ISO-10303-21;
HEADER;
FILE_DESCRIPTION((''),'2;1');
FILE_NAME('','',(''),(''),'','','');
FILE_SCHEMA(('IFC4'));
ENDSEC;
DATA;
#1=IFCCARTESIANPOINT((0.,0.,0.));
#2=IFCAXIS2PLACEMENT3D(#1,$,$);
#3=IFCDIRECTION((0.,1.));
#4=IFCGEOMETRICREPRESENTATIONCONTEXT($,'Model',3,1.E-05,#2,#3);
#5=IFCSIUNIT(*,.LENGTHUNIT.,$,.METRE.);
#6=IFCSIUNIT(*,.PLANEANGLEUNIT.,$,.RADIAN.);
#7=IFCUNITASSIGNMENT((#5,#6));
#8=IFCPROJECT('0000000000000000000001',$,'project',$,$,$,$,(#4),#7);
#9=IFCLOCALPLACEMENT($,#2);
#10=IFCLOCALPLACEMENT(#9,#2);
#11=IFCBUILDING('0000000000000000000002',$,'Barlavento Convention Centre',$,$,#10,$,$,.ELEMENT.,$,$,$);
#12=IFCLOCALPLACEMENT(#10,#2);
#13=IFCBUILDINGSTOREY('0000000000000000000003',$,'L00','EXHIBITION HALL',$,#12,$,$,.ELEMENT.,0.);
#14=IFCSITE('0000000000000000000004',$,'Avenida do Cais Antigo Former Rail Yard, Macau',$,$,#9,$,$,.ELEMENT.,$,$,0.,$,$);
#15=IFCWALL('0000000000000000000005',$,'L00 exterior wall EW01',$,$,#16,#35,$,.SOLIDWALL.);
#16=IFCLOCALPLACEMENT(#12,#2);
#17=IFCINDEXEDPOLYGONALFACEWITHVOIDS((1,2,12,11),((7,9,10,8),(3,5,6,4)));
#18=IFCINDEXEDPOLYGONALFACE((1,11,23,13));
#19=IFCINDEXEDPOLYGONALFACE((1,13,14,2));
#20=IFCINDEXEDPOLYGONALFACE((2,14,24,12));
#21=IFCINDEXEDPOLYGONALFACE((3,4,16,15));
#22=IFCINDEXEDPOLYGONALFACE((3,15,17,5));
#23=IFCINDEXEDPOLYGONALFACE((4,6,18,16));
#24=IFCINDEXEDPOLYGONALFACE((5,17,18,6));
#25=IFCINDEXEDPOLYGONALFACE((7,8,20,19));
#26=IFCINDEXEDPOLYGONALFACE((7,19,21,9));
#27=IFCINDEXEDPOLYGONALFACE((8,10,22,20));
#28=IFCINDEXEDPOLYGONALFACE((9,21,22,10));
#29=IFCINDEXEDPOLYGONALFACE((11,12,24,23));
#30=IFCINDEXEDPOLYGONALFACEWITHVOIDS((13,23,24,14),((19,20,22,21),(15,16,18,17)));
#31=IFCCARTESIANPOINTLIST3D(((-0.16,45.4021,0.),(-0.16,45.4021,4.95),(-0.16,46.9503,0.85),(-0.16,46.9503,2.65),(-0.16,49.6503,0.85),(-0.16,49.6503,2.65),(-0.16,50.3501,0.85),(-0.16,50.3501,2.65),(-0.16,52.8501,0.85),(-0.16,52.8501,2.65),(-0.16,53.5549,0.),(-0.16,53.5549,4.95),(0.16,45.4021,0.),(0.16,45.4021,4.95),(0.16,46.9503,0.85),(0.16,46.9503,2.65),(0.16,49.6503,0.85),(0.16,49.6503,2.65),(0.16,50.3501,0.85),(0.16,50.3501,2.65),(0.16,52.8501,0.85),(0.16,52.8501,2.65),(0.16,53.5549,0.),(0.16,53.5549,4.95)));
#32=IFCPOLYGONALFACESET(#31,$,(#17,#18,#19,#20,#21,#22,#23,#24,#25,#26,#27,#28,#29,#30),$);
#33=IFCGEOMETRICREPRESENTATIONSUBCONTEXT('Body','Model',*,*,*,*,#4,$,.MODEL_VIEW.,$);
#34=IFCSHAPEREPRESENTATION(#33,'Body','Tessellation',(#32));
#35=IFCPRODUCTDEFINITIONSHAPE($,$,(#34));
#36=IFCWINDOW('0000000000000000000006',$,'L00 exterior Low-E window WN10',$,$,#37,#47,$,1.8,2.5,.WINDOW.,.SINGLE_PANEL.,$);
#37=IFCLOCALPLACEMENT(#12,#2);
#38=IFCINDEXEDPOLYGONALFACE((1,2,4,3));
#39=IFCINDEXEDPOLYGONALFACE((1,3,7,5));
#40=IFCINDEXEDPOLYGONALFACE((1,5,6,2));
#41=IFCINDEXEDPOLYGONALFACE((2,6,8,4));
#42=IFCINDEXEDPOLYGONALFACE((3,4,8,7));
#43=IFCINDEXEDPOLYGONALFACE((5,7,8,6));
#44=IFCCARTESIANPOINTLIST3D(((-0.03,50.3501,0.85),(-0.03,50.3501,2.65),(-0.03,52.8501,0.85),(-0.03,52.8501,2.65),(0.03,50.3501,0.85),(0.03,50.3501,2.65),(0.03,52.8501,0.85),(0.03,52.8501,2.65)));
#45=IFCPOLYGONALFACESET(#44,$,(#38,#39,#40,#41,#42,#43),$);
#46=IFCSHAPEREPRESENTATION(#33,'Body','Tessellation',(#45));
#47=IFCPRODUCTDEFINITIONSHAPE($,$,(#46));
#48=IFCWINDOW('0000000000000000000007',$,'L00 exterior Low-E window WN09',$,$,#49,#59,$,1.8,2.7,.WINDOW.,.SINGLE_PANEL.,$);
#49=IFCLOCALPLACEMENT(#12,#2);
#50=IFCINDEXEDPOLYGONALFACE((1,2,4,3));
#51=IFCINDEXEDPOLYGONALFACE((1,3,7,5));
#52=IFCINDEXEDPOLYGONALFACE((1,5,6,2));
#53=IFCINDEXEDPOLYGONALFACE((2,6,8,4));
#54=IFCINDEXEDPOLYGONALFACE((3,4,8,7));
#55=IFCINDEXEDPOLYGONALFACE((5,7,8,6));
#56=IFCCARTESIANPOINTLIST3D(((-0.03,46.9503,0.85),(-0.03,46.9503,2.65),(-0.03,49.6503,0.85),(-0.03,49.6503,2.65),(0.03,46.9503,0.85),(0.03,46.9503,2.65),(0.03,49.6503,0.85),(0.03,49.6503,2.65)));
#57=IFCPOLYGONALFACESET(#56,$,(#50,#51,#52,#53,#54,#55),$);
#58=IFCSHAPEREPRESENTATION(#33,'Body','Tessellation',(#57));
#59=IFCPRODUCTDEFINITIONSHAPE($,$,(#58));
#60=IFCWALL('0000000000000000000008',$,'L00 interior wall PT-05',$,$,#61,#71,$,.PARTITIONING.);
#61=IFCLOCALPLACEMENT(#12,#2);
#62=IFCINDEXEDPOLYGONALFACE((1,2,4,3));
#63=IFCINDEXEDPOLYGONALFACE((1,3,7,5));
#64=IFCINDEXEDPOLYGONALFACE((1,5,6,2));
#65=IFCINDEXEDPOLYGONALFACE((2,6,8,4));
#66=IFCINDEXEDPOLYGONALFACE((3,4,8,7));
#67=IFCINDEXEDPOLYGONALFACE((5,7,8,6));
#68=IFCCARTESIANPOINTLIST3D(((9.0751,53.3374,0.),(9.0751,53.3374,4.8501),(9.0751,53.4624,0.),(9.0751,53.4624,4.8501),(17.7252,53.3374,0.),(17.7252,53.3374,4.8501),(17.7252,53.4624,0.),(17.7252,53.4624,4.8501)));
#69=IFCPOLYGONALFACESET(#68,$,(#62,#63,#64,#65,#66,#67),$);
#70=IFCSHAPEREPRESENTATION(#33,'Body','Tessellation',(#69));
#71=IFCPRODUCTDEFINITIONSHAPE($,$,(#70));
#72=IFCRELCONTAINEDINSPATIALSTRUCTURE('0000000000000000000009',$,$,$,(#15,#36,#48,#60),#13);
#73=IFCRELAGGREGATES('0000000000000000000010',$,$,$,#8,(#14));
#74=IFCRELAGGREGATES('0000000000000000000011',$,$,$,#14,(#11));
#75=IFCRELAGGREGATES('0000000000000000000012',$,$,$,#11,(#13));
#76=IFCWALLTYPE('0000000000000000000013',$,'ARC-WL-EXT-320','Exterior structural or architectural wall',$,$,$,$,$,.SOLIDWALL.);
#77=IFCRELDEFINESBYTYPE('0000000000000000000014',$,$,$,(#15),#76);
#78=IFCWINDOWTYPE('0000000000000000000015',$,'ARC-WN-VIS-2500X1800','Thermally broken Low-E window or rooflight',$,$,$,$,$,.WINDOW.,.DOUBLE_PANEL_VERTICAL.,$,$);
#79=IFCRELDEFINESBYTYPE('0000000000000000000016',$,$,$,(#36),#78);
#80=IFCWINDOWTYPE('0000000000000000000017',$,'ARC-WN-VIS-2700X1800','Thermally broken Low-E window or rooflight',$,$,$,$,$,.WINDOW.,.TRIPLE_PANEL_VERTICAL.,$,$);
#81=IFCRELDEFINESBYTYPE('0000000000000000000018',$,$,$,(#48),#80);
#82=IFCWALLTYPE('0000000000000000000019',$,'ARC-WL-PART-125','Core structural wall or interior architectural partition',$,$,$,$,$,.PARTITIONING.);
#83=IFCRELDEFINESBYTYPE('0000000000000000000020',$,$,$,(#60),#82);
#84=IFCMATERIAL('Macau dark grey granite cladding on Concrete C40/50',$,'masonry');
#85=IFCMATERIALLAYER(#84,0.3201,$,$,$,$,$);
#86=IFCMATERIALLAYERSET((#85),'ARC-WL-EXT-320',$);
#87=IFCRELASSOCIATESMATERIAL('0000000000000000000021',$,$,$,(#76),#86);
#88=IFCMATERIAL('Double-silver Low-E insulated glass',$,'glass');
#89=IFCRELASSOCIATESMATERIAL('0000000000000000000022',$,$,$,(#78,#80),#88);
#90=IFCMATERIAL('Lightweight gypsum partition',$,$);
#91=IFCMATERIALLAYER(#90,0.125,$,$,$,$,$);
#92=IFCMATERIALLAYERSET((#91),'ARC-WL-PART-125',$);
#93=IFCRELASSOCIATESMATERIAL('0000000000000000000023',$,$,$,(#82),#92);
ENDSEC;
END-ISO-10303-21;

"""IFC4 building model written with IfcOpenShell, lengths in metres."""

from ifc_helpers import new_model, si_unit, direction, frame, frame_2d, origin, place, context, subcontext, project, spatial, rectangle, extrude, material, layer, layer_set, type_object, element, fill, save


model = new_model("IFC4")

# Units and contexts
model_context = context("Model", 3, precision=1e-05, world=origin(), true_north=direction((0.0, 1.0)))
body_context = subcontext(model_context, "Body", "Model", "MODEL_VIEW")
ifc_project = project(units=[si_unit("LENGTHUNIT", "METRE"), si_unit("PLANEANGLEUNIT", "RADIAN")], contexts=[model_context])

# Site, building, storey
site_placement = place(None, origin())
site = spatial("IfcSite", under=ifc_project, at=site_placement, Name="Avenida do Cais Antigo Former Rail Yard, Macau", CompositionType="ELEMENT", RefElevation=0.0)
building_placement = place(site_placement, origin())
building = spatial("IfcBuilding", under=site, at=building_placement, Name="Barlavento Convention Centre", CompositionType="ELEMENT")
storey_placement = place(building_placement, origin())
storey = spatial("IfcBuildingStorey", under=building, at=storey_placement, Name="L00", Description="EXHIBITION HALL", CompositionType="ELEMENT", Elevation=0.0)

# Wall, openings, windows
ifc_material_1 = material(Name="Macau dark grey granite cladding on Concrete C40/50", Category="masonry")
ifc_layer_1 = layer(ifc_material_1, 0.3201)
ifc_layer_set_1 = layer_set([ifc_layer_1], Name="ARC-WL-EXT-320")
wall_type_1 = type_object("IfcWallType", Name="ARC-WL-EXT-320", Description="Exterior structural or architectural wall", PredefinedType="SOLIDWALL", material=ifc_layer_set_1)
wall_1_placement = place(storey_placement, frame((0.0, 45.4021, 0.0), z_axis=(0.0, 0.0, 1.0), x_axis=(0.0, 1.0, 0.0)))
wall_1 = element("IfcWall", 1, at=wall_1_placement, inside=storey, type_object=wall_type_1, Name="L00 exterior wall EW01", PredefinedType="SOLIDWALL", context=body_context, shape_type="SweptSolid", body=[
    extrude(rectangle(XDim=8.1528, YDim=0.3201, at=frame_2d((4.0764, 0.0))), origin(), (0.0, 0.0, 1.0), 4.95),
])
opening_1_placement = place(wall_1_placement, frame((1.5481, 0.0, 0.8501)))
opening_1 = element("IfcOpeningElement", 2, at=opening_1_placement, cuts=wall_1, PredefinedType="OPENING", context=body_context, shape_type="SweptSolid", body=[
    extrude(rectangle(XDim=2.7, YDim=1.8, at=frame_2d((1.3501, 0.8999))), frame((0.0, 0.1699, 0.0), z_axis=(0.0, -1.0, 0.0), x_axis=(1.0, 0.0, 0.0)), (0.0, 0.0, 1.0), 0.3401),
])
opening_2_placement = place(wall_1_placement, frame((4.948, 0.0, 0.8501)))
opening_2 = element("IfcOpeningElement", 3, at=opening_2_placement, cuts=wall_1, PredefinedType="OPENING", context=body_context, shape_type="SweptSolid", body=[
    extrude(rectangle(XDim=2.5, YDim=1.8, at=frame_2d((1.25, 0.8999))), frame((0.0, 0.1699, 0.0), z_axis=(0.0, -1.0, 0.0), x_axis=(1.0, 0.0, 0.0)), (0.0, 0.0, 1.0), 0.3401),
])
ifc_material_2 = material(Name="Double-silver Low-E insulated glass", Category="glass")
window_type_1 = type_object("IfcWindowType", Name="ARC-WN-VIS-2500X1800", Description="Thermally broken Low-E window or rooflight", PartitioningType="DOUBLE_PANEL_VERTICAL", PredefinedType="WINDOW", material=ifc_material_2)
window_1_placement = place(opening_2_placement, origin())
window_1 = element("IfcWindow", 4, at=window_1_placement, inside=storey, type_object=window_type_1, Name="L00 exterior Low-E window WN10", OverallHeight=1.8, OverallWidth=2.5, PartitioningType="SINGLE_PANEL", PredefinedType="WINDOW", context=body_context, shape_type="SweptSolid", body=[
    extrude(rectangle(XDim=2.5, YDim=1.8, at=frame_2d((1.25, 0.8999))), frame((0.0, 0.03, 0.0), z_axis=(0.0, -1.0, 0.0), x_axis=(1.0, 0.0, 0.0)), (0.0, 0.0, 1.0), 0.0601),
])
fill(opening_2, window_1)
window_type_2 = type_object("IfcWindowType", Name="ARC-WN-VIS-2700X1800", Description="Thermally broken Low-E window or rooflight", PartitioningType="TRIPLE_PANEL_VERTICAL", PredefinedType="WINDOW", material=ifc_material_2)
window_2_placement = place(opening_1_placement, origin())
window_2 = element("IfcWindow", 5, at=window_2_placement, inside=storey, type_object=window_type_2, Name="L00 exterior Low-E window WN09", OverallHeight=1.8, OverallWidth=2.7, PartitioningType="SINGLE_PANEL", PredefinedType="WINDOW", context=body_context, shape_type="SweptSolid", body=[
    extrude(rectangle(XDim=2.7, YDim=1.8, at=frame_2d((1.3501, 0.8999))), frame((0.0, 0.03, 0.0), z_axis=(0.0, -1.0, 0.0), x_axis=(1.0, 0.0, 0.0)), (0.0, 0.0, 1.0), 0.0601),
])
fill(opening_1, window_2)

# Wall
ifc_material_3 = material(Name="Lightweight gypsum partition")
ifc_layer_2 = layer(ifc_material_3, 0.125)
ifc_layer_set_2 = layer_set([ifc_layer_2], Name="ARC-WL-PART-125")
wall_type_2 = type_object("IfcWallType", Name="ARC-WL-PART-125", Description="Core structural wall or interior architectural partition", PredefinedType="PARTITIONING", material=ifc_layer_set_2)
wall_2_placement = place(storey_placement, frame((9.075, 53.3999, 0.0), z_axis=(0.0, 0.0, 1.0), x_axis=(1.0, 0.0, 0.0)))
element("IfcWall", 6, at=wall_2_placement, inside=storey, type_object=wall_type_2, Name="L00 interior wall PT-05", PredefinedType="PARTITIONING", context=body_context, shape_type="SweptSolid", body=[
    extrude(rectangle(XDim=8.6501, YDim=0.125, at=frame_2d((4.3252, 0.0))), origin(), (0.0, 0.0, 1.0), 4.8501),
])

save(model, "model.ifc")
